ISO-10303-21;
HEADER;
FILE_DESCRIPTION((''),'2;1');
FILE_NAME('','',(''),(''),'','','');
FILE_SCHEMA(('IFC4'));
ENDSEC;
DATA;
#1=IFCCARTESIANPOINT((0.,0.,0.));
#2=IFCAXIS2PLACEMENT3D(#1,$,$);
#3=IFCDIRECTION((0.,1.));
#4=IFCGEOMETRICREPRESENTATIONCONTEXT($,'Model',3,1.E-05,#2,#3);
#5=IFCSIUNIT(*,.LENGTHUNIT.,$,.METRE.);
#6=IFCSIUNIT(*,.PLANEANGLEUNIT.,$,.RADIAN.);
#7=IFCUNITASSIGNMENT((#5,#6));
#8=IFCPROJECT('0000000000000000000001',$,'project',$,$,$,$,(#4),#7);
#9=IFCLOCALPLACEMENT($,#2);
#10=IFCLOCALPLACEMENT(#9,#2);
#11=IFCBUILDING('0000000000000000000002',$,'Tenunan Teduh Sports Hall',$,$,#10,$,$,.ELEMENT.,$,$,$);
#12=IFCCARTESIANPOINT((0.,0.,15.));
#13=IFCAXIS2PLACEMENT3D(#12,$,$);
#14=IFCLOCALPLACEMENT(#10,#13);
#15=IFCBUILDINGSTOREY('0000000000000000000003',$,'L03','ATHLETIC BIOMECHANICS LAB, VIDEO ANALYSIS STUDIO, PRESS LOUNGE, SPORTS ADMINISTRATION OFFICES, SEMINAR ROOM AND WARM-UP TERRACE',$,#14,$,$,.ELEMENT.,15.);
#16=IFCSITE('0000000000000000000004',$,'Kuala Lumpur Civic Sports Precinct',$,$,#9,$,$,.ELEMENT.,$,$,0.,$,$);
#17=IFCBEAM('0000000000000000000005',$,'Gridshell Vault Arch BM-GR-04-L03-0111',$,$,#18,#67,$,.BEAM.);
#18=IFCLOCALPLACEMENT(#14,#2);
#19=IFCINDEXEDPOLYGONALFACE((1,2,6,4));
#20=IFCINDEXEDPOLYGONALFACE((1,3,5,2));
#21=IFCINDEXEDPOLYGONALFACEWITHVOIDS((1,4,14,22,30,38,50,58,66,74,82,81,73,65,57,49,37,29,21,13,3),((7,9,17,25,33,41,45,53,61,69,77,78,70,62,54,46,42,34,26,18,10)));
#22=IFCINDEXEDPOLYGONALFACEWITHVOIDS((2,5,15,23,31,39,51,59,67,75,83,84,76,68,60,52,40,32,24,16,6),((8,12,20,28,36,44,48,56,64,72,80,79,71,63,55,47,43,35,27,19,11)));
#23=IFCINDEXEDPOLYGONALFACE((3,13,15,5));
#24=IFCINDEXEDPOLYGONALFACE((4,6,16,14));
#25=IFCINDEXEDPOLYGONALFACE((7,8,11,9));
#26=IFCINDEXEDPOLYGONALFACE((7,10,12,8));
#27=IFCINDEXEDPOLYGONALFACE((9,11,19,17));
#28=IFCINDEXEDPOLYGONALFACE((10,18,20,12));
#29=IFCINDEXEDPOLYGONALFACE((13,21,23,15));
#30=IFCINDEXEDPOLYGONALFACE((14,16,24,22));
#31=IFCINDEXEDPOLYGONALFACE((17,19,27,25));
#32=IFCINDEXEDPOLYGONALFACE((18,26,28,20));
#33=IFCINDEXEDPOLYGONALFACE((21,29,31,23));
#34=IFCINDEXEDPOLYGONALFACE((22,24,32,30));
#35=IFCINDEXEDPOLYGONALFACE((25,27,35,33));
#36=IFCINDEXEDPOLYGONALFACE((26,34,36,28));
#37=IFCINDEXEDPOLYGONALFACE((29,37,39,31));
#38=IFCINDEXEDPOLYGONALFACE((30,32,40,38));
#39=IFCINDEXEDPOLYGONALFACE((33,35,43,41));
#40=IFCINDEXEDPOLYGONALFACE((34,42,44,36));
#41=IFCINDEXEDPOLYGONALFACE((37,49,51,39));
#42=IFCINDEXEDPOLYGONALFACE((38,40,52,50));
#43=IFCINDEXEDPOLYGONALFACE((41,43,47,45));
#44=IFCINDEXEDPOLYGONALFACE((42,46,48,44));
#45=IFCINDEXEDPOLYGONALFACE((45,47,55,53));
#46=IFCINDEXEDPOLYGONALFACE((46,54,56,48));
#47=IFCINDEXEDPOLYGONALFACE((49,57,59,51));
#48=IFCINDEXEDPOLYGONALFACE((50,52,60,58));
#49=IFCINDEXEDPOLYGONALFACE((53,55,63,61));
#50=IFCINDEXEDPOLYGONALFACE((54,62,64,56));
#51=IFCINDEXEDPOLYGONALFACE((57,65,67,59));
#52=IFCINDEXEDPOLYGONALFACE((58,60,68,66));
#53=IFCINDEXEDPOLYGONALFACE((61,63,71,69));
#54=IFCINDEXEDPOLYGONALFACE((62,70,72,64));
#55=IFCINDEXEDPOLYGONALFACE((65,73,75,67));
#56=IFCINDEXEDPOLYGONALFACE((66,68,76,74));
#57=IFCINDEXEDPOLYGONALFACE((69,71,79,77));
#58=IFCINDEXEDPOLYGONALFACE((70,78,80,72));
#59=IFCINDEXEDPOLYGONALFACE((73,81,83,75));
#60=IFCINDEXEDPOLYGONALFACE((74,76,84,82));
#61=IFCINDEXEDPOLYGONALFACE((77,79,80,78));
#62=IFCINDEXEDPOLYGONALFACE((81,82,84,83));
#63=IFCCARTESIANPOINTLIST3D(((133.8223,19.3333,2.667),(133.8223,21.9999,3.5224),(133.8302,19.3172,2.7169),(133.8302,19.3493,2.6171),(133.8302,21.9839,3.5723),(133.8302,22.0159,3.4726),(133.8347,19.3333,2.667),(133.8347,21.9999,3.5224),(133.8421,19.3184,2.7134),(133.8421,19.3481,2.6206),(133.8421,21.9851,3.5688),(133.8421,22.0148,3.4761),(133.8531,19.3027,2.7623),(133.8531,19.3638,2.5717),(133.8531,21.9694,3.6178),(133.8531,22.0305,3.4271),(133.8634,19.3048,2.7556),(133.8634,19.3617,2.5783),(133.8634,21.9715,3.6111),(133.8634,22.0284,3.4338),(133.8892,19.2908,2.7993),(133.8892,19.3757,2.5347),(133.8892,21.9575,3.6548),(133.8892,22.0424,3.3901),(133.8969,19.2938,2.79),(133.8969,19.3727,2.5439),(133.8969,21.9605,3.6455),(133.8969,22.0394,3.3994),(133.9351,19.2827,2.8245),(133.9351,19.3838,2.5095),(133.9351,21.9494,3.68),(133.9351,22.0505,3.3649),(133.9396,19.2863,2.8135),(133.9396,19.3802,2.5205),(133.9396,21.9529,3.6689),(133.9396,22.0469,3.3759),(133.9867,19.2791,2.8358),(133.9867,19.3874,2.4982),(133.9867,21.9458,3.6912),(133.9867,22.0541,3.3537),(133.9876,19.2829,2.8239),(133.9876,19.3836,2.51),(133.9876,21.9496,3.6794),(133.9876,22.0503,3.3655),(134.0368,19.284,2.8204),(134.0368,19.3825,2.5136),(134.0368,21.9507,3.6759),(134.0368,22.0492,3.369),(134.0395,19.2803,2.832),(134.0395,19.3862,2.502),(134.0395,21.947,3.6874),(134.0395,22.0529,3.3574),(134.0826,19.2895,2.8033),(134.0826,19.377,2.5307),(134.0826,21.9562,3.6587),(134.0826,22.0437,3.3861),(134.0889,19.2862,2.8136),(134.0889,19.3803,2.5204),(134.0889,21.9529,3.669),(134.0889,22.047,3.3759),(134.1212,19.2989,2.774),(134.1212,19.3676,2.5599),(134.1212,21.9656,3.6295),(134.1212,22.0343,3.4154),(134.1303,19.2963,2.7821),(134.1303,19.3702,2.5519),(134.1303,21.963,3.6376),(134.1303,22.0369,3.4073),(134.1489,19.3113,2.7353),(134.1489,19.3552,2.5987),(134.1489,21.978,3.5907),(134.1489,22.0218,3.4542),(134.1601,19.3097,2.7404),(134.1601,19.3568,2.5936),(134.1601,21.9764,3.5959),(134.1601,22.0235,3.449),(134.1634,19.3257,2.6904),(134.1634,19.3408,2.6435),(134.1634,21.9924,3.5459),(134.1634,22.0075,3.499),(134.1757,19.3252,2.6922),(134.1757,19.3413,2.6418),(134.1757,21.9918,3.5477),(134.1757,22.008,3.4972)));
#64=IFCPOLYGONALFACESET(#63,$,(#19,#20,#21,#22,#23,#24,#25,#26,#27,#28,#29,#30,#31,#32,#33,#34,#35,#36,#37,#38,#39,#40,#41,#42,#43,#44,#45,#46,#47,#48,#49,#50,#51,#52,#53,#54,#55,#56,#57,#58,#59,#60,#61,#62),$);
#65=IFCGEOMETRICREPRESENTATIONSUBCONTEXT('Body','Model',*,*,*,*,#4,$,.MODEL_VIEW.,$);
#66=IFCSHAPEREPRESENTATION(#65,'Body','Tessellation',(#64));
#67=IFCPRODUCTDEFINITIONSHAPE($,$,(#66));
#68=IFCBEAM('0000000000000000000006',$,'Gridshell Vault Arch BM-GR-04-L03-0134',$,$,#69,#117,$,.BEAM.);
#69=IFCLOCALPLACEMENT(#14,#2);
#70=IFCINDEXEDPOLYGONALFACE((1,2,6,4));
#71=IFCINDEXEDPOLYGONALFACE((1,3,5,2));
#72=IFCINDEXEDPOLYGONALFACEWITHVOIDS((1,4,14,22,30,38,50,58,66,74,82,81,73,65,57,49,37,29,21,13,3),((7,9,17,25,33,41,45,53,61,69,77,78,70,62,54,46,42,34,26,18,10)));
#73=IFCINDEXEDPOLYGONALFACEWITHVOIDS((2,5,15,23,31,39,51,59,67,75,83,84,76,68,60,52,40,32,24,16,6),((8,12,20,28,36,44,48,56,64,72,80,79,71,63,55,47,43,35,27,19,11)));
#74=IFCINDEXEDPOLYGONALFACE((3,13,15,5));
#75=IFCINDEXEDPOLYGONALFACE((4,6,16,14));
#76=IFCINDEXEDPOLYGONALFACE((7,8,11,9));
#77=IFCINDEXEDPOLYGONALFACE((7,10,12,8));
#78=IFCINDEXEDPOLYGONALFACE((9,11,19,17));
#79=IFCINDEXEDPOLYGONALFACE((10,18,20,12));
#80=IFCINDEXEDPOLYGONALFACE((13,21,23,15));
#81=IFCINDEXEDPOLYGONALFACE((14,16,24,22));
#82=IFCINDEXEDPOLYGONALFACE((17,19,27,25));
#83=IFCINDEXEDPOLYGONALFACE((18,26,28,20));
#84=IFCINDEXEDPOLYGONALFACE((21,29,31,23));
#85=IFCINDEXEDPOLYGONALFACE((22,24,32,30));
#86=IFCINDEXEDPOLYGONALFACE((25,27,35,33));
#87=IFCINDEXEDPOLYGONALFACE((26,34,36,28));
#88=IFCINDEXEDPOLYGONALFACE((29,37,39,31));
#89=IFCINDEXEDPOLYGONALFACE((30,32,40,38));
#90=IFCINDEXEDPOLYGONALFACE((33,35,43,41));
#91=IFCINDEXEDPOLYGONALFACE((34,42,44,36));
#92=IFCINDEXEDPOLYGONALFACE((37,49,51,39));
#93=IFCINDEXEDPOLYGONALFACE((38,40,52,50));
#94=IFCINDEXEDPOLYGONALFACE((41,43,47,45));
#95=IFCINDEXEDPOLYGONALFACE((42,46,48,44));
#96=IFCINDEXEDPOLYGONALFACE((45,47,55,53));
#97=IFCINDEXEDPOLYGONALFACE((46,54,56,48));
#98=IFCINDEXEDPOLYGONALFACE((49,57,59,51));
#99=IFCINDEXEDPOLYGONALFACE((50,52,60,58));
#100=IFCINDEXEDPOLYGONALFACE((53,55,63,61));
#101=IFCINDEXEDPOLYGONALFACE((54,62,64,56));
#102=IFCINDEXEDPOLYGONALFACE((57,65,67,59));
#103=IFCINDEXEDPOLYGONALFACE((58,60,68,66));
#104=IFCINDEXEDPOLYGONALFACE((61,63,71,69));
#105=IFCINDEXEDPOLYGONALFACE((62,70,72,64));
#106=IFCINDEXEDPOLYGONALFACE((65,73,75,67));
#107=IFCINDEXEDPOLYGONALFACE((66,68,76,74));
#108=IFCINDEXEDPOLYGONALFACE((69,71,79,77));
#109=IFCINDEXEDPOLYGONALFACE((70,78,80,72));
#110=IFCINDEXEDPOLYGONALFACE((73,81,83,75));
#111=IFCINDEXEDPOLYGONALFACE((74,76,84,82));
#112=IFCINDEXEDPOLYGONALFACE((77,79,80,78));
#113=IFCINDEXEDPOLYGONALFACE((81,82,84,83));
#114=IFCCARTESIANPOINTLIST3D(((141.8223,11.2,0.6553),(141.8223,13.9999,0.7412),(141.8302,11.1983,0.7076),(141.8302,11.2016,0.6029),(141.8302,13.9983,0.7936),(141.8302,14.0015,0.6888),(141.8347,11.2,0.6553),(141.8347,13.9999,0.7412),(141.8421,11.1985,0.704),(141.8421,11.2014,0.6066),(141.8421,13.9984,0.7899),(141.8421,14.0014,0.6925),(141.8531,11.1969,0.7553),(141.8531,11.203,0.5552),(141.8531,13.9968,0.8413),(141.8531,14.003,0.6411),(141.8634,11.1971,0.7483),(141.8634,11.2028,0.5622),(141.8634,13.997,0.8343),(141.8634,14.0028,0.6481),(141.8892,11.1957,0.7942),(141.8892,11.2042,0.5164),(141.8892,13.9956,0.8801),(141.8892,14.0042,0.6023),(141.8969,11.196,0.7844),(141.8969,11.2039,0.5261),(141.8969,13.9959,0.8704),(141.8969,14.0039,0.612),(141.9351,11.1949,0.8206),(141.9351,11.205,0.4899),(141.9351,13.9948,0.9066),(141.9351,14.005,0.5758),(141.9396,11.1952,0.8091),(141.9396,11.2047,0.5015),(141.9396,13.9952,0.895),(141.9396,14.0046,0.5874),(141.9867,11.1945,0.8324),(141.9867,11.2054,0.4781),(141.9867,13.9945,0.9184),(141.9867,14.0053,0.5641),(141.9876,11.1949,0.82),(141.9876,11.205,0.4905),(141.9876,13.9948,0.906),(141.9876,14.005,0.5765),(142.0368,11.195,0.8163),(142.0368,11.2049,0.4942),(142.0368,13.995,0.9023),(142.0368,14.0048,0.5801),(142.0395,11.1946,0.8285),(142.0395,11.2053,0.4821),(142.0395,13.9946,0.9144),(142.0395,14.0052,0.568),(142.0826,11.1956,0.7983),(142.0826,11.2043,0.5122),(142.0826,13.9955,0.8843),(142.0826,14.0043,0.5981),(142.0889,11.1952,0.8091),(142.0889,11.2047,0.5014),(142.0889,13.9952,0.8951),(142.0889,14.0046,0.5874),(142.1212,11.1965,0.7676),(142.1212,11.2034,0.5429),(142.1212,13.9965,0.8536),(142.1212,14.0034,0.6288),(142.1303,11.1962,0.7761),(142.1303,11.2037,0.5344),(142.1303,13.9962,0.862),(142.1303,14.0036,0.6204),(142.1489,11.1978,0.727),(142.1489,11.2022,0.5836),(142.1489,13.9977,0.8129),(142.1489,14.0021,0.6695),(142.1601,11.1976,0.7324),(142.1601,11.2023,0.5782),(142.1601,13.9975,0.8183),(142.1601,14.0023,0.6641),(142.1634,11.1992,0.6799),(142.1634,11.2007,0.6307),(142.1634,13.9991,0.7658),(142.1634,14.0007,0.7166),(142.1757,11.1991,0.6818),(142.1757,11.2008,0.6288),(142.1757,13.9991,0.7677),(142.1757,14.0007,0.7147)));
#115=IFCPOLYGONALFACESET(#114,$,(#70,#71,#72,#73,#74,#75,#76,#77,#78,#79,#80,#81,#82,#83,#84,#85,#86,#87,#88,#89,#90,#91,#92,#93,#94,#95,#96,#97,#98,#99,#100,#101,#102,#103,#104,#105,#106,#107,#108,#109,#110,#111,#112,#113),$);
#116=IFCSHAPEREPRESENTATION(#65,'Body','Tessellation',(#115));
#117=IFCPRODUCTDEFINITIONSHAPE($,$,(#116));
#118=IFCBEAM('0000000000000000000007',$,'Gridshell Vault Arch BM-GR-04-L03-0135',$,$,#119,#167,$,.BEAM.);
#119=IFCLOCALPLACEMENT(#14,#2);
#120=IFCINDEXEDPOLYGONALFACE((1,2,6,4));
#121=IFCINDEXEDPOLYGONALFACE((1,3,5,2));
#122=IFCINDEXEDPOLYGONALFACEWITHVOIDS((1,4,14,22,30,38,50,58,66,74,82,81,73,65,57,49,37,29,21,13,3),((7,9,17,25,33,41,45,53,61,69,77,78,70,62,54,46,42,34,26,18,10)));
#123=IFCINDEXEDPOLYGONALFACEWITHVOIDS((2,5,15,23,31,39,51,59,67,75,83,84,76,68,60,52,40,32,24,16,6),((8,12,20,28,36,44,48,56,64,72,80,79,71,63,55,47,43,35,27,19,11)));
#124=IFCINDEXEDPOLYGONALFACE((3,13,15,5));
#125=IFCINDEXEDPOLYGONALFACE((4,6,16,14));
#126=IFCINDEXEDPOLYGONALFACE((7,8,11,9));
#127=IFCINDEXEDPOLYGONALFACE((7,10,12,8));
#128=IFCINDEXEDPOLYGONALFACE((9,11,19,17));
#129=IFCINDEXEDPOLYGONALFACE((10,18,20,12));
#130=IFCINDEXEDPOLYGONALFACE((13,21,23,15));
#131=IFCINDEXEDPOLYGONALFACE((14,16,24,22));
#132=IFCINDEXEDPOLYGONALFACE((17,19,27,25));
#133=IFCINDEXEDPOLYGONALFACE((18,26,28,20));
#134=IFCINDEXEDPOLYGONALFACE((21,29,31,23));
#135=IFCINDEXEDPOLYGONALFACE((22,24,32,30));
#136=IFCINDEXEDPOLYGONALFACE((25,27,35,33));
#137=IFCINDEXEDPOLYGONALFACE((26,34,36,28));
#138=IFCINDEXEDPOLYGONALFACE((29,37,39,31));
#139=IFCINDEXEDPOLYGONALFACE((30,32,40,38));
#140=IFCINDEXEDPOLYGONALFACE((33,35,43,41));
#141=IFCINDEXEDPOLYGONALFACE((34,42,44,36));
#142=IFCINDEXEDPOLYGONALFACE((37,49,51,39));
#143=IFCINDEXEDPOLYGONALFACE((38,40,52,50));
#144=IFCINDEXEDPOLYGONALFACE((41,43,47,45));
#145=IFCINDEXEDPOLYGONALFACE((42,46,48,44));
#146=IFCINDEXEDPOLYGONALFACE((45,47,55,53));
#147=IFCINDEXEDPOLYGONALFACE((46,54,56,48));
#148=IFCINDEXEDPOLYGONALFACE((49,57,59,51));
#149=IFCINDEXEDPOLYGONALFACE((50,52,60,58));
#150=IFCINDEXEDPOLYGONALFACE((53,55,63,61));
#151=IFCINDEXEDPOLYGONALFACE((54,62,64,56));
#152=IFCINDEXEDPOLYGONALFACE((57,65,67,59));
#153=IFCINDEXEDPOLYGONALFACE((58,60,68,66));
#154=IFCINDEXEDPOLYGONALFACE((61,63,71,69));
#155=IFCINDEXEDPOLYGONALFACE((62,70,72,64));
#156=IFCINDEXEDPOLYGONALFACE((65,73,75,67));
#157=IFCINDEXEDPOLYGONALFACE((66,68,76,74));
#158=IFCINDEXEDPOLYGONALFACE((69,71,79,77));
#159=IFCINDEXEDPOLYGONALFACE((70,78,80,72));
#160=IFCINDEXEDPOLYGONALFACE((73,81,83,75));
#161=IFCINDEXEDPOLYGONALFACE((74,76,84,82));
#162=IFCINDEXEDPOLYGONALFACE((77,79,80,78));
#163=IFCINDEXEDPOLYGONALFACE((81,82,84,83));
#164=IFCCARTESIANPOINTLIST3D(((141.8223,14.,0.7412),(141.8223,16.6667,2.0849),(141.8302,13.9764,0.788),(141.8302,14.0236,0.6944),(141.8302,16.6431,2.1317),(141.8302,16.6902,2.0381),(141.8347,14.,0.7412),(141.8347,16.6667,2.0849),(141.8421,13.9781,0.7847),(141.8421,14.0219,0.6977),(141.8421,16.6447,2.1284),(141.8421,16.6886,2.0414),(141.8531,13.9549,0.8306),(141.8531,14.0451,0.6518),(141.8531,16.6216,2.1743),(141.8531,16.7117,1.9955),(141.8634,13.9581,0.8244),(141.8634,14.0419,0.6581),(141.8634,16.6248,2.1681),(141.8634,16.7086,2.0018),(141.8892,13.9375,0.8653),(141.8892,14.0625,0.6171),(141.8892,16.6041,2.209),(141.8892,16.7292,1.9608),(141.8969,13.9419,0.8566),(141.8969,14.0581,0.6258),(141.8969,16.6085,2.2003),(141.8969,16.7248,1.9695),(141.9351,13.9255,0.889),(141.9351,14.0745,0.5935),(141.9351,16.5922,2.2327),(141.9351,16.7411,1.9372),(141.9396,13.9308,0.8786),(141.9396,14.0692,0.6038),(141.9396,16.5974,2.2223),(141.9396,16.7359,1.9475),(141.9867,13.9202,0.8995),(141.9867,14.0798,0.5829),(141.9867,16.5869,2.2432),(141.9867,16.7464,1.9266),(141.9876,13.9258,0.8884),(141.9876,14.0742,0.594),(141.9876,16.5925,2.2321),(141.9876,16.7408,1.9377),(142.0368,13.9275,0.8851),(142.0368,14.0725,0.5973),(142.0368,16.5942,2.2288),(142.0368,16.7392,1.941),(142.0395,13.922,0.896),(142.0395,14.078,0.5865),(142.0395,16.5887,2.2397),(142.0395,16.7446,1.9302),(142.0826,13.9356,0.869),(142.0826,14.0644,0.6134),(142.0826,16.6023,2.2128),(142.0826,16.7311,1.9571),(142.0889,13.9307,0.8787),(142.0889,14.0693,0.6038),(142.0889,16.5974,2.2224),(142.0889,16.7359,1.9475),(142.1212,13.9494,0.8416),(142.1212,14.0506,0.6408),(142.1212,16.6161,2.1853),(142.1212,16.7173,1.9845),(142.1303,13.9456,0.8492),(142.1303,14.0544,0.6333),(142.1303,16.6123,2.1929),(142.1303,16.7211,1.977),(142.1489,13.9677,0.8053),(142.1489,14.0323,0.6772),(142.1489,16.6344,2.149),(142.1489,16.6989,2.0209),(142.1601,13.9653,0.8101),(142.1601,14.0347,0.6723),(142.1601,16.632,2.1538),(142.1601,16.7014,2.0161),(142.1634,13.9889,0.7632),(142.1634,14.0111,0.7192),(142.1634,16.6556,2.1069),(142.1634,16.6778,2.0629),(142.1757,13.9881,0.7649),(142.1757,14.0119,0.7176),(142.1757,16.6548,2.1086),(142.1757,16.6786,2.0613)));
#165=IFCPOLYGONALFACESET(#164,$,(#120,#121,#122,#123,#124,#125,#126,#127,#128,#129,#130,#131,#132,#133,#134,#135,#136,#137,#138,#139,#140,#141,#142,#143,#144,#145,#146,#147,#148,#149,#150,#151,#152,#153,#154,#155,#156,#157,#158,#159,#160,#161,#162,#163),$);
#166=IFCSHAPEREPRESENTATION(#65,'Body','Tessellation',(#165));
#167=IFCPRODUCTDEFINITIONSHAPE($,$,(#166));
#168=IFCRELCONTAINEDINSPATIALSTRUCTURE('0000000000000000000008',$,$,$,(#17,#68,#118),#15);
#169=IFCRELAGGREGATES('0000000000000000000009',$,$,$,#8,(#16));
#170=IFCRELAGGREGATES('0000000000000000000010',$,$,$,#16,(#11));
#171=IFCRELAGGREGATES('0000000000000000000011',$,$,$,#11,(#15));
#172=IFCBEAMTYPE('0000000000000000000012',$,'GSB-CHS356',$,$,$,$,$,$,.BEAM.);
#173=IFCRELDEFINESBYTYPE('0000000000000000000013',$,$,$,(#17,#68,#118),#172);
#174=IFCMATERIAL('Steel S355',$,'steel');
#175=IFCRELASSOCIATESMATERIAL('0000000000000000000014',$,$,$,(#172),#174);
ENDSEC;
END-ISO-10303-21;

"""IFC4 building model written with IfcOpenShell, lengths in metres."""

from ifc_helpers import new_model, si_unit, direction, frame, origin, origin_2d, place, context, subcontext, project, spatial, hollow_circle, extrude, material, material_profile, profile_set, type_object, element, save


model = new_model("IFC4")

# Units and contexts
model_context = context("Model", 3, precision=1e-05, world=origin(), true_north=direction((0.0, 1.0)))
body_context = subcontext(model_context, "Body", "Model", "MODEL_VIEW")
ifc_project = project(units=[si_unit("LENGTHUNIT", "METRE"), si_unit("PLANEANGLEUNIT", "RADIAN")], contexts=[model_context])

# Site, building, storey
site_placement = place(None, origin())
site = spatial("IfcSite", under=ifc_project, at=site_placement, Name="Kuala Lumpur Civic Sports Precinct", CompositionType="ELEMENT", RefElevation=0.0)
building_placement = place(site_placement, origin())
building = spatial("IfcBuilding", under=site, at=building_placement, Name="Tenunan Teduh Sports Hall", CompositionType="ELEMENT")
storey_placement = place(building_placement, frame((0.0, 0.0, 15.0)))
storey = spatial("IfcBuildingStorey", under=building, at=storey_placement, Name="L03", Description="ATHLETIC BIOMECHANICS LAB, VIDEO ANALYSIS STUDIO, PRESS LOUNGE, SPORTS ADMINISTRATION OFFICES, SEMINAR ROOM AND WARM-UP TERRACE", CompositionType="ELEMENT", Elevation=15.0)

# Beams
ifc_material_1 = material(Name="Steel S355", Category="steel")
ifc_material_profile_1 = material_profile(ifc_material_1, hollow_circle(Radius=0.1777, WallThickness=0.0125, at=origin_2d()), Name="CHS 355.6x12.5")
ifc_profile_set_1 = profile_set([ifc_material_profile_1], Name="Steel S355")
beam_type_1 = type_object("IfcBeamType", Name="GSB-CHS356", PredefinedType="BEAM", material=ifc_profile_set_1)
beam_1_placement = place(storey_placement, frame((134.0, 19.3333, 2.667), z_axis=(0.0, 0.952205, 0.305459), x_axis=(-1.0, 0.0, 0.0)))
element("IfcBeam", 1, at=beam_1_placement, inside=storey, type_object=beam_type_1, Name="Gridshell Vault Arch BM-GR-04-L03-0111", PredefinedType="BEAM", context=body_context, shape_type="SweptSolid", body=[
    extrude(hollow_circle(Radius=0.1777, WallThickness=0.0125, at=origin_2d()), origin(), (0.0, 0.0, 1.0), 2.8005),
])
beam_2_placement = place(storey_placement, frame((142.0, 11.2, 0.6553), z_axis=(0.0, 0.999529, 0.030677), x_axis=(-1.0, 0.0, 0.0)))
element("IfcBeam", 2, at=beam_2_placement, inside=storey, type_object=beam_type_1, Name="Gridshell Vault Arch BM-GR-04-L03-0134", PredefinedType="BEAM", context=body_context, shape_type="SweptSolid", body=[
    extrude(hollow_circle(Radius=0.1777, WallThickness=0.0125, at=origin_2d()), origin(), (0.0, 0.0, 1.0), 2.8013),
])
beam_3_placement = place(storey_placement, frame((142.0, 14.0, 0.7412), z_axis=(0.0, 0.893033, 0.449991), x_axis=(-1.0, 0.0, 0.0)))
element("IfcBeam", 3, at=beam_3_placement, inside=storey, type_object=beam_type_1, Name="Gridshell Vault Arch BM-GR-04-L03-0135", PredefinedType="BEAM", context=body_context, shape_type="SweptSolid", body=[
    extrude(hollow_circle(Radius=0.1777, WallThickness=0.0125, at=origin_2d()), origin(), (0.0, 0.0, 1.0), 2.9861),
])

save(model, "model.ifc")
